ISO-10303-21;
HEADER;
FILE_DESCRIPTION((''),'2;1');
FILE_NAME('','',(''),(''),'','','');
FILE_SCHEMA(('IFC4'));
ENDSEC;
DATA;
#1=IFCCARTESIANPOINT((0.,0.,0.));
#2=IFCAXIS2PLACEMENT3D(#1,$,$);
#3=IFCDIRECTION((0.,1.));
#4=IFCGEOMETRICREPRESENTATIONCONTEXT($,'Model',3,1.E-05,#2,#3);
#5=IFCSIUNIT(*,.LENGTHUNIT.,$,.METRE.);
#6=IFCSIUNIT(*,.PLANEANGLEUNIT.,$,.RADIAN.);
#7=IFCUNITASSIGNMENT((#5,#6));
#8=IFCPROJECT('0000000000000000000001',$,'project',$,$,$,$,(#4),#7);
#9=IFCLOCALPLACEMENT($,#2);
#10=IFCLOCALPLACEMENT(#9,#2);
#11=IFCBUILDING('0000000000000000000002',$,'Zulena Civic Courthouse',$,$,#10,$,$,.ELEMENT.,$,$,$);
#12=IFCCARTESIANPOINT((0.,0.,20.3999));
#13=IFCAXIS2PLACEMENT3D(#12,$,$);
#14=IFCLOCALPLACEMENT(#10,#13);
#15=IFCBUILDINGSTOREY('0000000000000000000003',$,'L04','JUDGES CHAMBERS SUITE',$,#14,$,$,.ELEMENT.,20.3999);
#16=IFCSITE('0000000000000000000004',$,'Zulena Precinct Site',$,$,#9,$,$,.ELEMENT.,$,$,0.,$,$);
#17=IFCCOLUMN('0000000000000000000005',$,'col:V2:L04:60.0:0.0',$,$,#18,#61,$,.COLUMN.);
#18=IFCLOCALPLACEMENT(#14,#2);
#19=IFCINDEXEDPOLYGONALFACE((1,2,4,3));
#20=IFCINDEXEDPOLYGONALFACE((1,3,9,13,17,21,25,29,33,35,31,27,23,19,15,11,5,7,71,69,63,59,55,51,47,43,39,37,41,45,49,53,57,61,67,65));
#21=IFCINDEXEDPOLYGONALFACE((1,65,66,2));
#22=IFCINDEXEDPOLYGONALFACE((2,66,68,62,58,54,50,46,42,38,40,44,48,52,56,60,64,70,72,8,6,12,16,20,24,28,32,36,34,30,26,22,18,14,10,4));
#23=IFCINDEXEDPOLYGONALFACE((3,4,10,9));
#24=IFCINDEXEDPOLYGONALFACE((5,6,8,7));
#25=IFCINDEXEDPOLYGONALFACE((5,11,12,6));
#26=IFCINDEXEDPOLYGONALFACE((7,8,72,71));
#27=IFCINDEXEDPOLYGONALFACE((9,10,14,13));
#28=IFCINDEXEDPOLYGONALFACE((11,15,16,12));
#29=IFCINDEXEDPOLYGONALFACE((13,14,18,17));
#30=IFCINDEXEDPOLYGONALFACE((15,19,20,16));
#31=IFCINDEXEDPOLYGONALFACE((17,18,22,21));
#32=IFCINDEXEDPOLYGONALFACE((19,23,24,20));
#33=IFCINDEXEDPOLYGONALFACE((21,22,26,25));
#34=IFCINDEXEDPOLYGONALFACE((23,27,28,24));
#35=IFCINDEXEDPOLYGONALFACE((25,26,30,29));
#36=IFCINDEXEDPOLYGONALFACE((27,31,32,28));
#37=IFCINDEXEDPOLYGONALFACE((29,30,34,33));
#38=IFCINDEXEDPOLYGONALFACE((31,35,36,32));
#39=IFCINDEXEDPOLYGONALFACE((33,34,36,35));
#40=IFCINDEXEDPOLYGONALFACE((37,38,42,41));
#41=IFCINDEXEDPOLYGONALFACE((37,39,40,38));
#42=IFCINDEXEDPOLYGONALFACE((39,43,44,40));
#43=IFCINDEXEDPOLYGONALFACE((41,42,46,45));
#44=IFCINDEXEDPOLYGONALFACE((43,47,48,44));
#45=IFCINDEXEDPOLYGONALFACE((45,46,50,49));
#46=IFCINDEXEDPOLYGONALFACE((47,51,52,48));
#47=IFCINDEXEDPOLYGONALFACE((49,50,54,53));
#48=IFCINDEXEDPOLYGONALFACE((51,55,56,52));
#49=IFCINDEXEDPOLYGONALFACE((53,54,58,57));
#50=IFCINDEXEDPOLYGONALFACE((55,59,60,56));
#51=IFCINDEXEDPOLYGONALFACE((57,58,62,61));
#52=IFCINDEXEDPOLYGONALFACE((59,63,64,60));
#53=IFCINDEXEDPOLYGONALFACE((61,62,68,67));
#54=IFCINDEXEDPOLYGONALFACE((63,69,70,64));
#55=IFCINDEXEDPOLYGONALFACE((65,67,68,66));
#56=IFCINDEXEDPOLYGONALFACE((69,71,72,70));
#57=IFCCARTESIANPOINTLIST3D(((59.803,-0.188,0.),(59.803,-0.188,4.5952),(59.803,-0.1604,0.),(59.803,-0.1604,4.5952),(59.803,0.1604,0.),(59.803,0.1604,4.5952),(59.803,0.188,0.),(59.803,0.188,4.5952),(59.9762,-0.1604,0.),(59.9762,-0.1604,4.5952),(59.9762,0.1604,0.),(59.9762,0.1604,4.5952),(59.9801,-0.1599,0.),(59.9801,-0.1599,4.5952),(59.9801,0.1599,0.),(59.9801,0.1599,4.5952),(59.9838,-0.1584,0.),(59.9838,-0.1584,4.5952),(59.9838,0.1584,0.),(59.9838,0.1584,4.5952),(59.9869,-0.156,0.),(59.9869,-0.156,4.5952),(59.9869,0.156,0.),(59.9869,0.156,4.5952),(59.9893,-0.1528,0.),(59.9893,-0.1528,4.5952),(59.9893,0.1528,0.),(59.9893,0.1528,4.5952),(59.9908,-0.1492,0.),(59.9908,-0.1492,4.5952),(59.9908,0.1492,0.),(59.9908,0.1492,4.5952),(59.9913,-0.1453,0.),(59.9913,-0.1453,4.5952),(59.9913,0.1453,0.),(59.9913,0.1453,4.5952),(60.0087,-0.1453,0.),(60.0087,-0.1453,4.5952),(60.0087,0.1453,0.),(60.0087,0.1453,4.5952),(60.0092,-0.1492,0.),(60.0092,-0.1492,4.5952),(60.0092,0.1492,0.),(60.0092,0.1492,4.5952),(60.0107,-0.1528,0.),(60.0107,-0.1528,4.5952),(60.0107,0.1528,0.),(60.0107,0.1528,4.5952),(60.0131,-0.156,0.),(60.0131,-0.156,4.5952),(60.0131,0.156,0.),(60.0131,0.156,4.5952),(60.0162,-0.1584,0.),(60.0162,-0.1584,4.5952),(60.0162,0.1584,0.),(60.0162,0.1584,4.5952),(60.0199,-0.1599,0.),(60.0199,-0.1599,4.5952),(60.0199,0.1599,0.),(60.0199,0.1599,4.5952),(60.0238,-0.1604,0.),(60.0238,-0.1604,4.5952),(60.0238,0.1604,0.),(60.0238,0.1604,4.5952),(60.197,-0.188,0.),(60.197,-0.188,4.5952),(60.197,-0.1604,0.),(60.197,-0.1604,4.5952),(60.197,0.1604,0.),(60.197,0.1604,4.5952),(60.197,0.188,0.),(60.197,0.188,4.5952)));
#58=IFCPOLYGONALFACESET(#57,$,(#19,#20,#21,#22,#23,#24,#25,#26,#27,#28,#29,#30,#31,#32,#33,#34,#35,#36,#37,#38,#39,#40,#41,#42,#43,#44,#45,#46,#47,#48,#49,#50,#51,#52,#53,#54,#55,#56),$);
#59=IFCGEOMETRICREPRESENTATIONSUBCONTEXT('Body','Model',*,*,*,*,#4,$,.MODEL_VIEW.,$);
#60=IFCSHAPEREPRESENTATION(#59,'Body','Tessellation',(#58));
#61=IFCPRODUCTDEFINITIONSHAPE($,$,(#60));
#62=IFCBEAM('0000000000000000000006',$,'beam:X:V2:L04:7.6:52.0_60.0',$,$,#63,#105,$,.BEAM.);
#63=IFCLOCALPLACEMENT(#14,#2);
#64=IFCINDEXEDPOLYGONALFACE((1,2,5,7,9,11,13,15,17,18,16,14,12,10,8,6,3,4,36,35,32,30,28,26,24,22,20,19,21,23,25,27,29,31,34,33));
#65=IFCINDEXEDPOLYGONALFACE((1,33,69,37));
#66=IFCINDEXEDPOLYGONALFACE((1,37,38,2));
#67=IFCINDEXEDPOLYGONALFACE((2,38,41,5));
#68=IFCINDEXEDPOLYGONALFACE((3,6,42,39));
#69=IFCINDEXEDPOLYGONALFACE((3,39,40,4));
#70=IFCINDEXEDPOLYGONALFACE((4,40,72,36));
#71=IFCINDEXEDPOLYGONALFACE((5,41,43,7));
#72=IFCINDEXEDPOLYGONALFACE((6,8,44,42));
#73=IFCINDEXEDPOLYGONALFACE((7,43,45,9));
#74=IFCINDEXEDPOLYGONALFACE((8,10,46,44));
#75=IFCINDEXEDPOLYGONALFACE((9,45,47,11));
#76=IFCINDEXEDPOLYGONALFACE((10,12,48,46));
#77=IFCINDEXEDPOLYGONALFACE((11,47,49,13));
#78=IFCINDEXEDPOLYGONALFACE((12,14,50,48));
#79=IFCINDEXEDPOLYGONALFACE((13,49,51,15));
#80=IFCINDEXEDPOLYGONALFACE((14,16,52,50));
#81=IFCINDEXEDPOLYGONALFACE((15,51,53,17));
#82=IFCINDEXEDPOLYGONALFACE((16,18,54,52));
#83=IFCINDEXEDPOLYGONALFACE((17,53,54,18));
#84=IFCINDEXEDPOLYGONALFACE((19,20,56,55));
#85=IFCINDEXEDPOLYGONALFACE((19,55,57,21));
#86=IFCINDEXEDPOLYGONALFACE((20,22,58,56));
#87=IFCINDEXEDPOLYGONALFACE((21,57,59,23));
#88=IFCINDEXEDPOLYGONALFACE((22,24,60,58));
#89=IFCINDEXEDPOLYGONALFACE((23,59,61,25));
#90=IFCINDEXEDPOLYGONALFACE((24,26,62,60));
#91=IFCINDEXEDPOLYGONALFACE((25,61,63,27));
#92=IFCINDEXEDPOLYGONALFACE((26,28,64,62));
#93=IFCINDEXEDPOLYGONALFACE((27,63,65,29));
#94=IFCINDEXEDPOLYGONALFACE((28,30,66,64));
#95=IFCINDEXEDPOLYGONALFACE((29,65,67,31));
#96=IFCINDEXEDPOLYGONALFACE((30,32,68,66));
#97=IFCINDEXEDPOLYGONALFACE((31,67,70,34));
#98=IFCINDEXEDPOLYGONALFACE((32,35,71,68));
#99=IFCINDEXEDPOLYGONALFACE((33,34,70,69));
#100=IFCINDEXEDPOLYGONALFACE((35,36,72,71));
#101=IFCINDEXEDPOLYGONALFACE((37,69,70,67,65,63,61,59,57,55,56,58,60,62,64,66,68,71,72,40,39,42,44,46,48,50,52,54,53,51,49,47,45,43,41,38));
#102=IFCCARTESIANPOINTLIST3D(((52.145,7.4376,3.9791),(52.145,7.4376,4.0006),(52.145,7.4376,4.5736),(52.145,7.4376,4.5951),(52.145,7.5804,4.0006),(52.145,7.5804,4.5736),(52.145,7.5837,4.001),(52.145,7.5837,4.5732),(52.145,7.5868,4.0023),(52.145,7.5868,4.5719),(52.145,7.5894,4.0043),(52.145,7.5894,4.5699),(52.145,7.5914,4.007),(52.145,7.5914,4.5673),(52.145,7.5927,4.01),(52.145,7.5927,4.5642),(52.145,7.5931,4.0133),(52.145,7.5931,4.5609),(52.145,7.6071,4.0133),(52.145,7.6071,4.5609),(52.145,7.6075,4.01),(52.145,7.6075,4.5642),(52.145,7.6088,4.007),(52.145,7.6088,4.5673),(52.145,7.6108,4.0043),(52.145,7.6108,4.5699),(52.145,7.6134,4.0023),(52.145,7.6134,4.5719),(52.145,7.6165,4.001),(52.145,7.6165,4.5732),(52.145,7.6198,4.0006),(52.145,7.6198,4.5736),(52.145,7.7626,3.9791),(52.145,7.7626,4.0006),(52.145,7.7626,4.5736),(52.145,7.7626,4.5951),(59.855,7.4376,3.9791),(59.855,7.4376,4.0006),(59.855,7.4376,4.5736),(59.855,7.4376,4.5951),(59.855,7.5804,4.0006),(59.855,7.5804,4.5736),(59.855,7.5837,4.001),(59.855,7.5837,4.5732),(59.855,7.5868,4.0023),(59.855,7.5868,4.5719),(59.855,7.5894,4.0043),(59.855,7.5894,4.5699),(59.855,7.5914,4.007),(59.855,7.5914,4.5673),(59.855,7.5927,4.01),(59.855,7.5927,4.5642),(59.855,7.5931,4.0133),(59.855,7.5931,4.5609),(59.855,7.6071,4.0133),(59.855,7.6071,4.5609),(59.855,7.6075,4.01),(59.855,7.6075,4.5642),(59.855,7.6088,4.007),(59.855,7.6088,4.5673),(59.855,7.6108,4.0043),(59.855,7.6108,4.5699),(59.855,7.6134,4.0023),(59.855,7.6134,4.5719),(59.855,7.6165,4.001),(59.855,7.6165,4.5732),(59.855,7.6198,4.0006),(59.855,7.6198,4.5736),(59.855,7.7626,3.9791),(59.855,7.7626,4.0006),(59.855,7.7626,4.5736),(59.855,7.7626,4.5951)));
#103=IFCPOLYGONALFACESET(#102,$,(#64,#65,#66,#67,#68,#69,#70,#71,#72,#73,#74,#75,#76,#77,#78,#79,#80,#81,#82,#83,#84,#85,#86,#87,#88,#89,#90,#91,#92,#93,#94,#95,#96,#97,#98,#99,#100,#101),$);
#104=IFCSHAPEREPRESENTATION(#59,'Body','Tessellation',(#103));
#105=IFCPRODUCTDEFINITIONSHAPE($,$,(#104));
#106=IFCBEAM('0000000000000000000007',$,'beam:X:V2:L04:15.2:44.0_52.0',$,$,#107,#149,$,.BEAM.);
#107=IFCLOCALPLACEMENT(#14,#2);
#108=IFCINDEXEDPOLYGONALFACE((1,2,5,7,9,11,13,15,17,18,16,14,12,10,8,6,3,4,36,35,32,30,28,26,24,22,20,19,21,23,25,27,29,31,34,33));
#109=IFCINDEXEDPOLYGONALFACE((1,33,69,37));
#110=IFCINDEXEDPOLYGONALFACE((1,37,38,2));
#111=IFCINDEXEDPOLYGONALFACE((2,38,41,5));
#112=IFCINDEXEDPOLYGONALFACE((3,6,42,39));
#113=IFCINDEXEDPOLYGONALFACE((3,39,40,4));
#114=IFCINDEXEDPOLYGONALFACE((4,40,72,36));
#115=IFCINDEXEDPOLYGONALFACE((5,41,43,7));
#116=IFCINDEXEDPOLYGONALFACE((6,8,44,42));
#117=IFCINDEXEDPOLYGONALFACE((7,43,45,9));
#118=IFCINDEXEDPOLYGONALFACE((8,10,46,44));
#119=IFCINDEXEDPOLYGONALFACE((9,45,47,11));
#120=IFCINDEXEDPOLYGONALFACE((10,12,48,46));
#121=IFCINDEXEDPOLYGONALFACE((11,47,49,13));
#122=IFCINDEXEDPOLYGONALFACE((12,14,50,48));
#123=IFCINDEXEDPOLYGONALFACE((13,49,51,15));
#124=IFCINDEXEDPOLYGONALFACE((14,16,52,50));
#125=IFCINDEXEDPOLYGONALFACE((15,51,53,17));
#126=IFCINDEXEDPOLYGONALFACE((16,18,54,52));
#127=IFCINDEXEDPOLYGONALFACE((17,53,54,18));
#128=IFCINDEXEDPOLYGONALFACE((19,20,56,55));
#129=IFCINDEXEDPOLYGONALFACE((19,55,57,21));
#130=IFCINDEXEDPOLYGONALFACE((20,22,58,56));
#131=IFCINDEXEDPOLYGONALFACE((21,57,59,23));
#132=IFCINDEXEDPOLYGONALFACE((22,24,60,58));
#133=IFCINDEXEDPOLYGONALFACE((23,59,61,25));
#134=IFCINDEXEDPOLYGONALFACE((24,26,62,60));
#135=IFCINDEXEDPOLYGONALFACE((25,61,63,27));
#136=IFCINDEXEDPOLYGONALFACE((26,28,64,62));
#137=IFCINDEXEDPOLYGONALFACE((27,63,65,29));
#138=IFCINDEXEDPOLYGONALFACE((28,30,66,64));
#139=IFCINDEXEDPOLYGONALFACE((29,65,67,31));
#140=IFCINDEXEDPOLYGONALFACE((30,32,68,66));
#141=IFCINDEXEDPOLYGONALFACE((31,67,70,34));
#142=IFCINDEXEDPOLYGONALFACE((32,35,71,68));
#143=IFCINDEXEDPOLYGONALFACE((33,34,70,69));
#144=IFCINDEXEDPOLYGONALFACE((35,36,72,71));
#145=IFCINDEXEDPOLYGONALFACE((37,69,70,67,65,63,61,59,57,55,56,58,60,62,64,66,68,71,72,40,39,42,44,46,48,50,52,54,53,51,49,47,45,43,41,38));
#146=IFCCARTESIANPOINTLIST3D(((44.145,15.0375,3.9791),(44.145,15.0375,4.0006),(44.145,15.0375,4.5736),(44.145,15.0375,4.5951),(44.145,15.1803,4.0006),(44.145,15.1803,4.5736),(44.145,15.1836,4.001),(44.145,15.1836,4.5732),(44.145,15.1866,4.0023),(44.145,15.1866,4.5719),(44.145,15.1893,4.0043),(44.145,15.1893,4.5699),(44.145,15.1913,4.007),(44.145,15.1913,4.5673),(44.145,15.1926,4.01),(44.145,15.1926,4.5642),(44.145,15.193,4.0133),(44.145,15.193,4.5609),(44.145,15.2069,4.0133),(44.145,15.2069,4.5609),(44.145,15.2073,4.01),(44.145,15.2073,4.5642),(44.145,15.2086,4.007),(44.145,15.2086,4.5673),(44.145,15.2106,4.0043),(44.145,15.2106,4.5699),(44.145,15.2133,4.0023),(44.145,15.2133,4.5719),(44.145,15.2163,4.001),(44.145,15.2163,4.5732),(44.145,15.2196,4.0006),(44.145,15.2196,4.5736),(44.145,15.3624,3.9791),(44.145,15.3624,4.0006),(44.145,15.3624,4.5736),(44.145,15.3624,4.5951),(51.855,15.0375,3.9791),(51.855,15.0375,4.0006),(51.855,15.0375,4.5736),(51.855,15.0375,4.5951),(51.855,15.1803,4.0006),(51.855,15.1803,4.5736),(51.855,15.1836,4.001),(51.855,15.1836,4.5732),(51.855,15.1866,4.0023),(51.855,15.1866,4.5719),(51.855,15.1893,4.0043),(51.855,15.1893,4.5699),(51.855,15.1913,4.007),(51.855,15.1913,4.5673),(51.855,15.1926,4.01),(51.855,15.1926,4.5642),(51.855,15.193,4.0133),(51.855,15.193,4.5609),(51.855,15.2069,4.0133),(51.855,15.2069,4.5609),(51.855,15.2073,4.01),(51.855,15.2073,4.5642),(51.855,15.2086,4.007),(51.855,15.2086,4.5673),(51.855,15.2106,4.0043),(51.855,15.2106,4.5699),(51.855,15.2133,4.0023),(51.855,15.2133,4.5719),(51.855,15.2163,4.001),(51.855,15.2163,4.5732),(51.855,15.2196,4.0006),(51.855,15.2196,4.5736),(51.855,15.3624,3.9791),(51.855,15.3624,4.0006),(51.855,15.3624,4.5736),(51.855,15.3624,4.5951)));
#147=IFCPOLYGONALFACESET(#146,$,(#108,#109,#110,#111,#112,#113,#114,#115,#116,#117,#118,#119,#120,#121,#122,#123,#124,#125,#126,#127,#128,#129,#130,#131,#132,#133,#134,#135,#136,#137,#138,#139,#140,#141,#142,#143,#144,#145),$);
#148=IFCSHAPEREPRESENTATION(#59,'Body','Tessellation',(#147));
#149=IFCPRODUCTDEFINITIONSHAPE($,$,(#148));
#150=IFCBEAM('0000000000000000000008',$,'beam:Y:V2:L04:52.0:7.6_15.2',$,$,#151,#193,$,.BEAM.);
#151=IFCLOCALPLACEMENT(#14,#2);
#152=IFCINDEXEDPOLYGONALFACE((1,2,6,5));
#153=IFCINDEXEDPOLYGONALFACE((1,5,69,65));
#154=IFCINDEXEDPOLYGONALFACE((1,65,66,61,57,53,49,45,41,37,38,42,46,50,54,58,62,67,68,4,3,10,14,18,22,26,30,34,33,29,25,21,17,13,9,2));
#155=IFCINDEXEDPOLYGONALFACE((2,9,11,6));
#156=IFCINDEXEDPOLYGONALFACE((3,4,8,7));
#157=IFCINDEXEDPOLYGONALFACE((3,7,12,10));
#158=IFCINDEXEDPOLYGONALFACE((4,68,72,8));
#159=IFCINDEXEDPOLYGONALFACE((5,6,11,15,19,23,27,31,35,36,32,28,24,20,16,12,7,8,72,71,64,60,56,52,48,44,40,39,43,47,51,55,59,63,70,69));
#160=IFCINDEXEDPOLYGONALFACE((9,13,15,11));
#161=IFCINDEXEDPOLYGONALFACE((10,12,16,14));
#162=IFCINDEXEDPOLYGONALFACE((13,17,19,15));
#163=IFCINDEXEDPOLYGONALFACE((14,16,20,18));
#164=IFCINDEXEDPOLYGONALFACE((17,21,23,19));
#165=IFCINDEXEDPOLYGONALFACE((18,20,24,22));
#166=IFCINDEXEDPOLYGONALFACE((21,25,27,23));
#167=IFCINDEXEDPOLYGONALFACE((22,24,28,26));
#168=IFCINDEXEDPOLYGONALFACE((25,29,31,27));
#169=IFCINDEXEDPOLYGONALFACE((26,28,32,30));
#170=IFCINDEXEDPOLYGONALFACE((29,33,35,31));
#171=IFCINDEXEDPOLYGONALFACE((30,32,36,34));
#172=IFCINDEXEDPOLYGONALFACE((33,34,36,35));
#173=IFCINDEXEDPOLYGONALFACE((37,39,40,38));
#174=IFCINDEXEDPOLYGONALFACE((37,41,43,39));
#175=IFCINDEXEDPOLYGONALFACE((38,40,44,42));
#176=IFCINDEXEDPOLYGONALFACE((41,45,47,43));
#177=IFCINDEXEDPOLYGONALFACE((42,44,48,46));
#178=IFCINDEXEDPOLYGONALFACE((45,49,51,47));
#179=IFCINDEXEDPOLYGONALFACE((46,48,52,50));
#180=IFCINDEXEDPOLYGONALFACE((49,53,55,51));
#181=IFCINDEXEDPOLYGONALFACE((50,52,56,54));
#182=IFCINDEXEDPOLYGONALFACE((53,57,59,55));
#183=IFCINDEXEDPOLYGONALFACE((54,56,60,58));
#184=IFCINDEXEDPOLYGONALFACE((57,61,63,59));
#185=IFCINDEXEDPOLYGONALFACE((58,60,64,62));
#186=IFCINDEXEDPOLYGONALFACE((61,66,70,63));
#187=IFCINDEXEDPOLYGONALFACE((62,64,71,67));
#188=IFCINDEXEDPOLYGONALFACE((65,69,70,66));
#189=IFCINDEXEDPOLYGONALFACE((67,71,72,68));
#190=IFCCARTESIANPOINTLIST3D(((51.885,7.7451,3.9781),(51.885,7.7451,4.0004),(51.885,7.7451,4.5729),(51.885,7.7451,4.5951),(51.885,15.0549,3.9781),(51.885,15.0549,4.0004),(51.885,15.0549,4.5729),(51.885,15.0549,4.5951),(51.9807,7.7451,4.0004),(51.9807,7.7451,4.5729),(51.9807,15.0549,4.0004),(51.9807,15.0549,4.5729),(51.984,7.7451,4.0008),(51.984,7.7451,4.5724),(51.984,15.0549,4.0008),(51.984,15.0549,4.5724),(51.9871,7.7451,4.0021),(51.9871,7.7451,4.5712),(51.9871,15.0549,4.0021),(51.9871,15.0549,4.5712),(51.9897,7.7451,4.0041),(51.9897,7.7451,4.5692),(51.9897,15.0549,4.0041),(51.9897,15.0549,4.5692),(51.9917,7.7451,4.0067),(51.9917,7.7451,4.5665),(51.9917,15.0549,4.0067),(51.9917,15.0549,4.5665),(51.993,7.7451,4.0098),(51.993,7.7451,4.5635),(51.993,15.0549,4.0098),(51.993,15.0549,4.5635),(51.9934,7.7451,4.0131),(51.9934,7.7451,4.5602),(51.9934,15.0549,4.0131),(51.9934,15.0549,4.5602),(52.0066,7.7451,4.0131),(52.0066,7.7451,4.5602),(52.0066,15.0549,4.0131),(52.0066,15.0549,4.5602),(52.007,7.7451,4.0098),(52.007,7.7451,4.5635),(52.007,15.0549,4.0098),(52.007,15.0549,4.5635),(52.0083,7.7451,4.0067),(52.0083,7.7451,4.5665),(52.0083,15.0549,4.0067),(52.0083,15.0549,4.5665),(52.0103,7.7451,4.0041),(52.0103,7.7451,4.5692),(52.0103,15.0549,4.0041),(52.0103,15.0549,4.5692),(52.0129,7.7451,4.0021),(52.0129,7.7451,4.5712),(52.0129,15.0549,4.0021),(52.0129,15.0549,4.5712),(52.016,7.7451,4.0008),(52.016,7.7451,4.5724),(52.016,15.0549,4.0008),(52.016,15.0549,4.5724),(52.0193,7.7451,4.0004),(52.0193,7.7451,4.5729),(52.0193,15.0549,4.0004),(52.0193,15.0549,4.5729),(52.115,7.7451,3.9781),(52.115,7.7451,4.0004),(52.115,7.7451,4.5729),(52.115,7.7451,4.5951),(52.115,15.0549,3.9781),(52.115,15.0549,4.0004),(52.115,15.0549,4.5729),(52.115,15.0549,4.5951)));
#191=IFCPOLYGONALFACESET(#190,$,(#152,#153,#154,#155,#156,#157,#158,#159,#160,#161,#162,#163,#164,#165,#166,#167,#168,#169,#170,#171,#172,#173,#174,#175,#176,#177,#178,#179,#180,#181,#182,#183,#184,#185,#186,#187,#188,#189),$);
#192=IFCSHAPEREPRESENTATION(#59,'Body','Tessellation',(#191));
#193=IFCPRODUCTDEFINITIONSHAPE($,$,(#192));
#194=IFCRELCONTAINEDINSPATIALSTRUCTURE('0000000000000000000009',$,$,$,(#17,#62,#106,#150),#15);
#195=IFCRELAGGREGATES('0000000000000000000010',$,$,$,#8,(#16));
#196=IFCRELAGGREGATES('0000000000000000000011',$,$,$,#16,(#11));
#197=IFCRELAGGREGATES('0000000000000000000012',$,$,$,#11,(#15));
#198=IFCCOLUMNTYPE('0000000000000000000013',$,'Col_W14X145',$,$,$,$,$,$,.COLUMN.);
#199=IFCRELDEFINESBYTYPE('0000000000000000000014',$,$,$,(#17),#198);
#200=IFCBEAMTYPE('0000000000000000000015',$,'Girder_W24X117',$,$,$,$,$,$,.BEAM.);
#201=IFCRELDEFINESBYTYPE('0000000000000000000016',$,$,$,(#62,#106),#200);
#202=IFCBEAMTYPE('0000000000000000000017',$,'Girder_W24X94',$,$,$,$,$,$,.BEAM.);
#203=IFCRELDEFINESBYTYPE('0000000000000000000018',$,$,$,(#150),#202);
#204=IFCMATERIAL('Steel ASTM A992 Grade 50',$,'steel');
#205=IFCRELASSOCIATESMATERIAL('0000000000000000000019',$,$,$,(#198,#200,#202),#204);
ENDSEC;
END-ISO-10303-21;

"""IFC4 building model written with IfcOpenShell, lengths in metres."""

from ifc_helpers import new_model, si_unit, direction, frame, origin, origin_2d, place, context, subcontext, project, spatial, i_section, extrude, material, material_profile, profile_set, type_object, element, save


model = new_model("IFC4")

# Units and contexts
model_context = context("Model", 3, precision=1e-05, world=origin(), true_north=direction((0.0, 1.0)))
body_context = subcontext(model_context, "Body", "Model", "MODEL_VIEW")
ifc_project = project(units=[si_unit("LENGTHUNIT", "METRE"), si_unit("PLANEANGLEUNIT", "RADIAN")], contexts=[model_context])

# Site, building, storey
site_placement = place(None, origin())
site = spatial("IfcSite", under=ifc_project, at=site_placement, Name="Zulena Precinct Site", CompositionType="ELEMENT", RefElevation=0.0)
building_placement = place(site_placement, origin())
building = spatial("IfcBuilding", under=site, at=building_placement, Name="Zulena Civic Courthouse", CompositionType="ELEMENT")
storey_placement = place(building_placement, frame((0.0, 0.0, 20.3999)))
storey = spatial("IfcBuildingStorey", under=building, at=storey_placement, Name="L04", Description="JUDGES CHAMBERS SUITE", CompositionType="ELEMENT", Elevation=20.3999)

# Column
ifc_material_1 = material(Name="Steel ASTM A992 Grade 50", Category="steel")
ifc_material_profile_1 = material_profile(ifc_material_1, i_section(OverallWidth=0.394, OverallDepth=0.376, WebThickness=0.0173, FlangeThickness=0.0276, FilletRadius=0.0151, at=origin_2d()), Name="W14X145")
ifc_profile_set_1 = profile_set([ifc_material_profile_1], Name="Steel ASTM A992 Grade 50")
column_type_1 = type_object("IfcColumnType", Name="Col_W14X145", PredefinedType="COLUMN", material=ifc_profile_set_1)
for number, where, z_axis, x_axis, name in (
    (1, (60.0, 0.0, 0.0), (0.0, 0.0, 1.0), (1.0, 0.0, 0.0), "col:V2:L04:60.0:0.0"),
):
    element("IfcColumn", number, at=place(storey_placement, frame(where, z_axis=z_axis, x_axis=x_axis)), inside=storey, type_object=column_type_1, Name=name, PredefinedType="COLUMN", context=body_context, shape_type="SweptSolid", body=[
        extrude(i_section(OverallWidth=0.394, OverallDepth=0.376, WebThickness=0.0173, FlangeThickness=0.0276, FilletRadius=0.0151, at=origin_2d()), origin(), (0.0, 0.0, 1.0), 4.5952),
    ])

# Beams
ifc_material_profile_2 = material_profile(ifc_material_1, i_section(OverallWidth=0.325, OverallDepth=0.616, WebThickness=0.0139, FlangeThickness=0.0215, FilletRadius=0.0127, at=origin_2d()), Name="W24X117")
ifc_profile_set_2 = profile_set([ifc_material_profile_2], Name="Steel ASTM A992 Grade 50")
beam_type_1 = type_object("IfcBeamType", Name="Girder_W24X117", PredefinedType="BEAM", material=ifc_profile_set_2)
for number, where, z_axis, x_axis, name in (
    (2, (52.145, 7.6001, 4.2871), (1.0, 0.0, 0.0), (0.0, 1.0, 0.0), "beam:X:V2:L04:7.6:52.0_60.0"),
    (3, (44.145, 15.2, 4.2871), (1.0, 0.0, 0.0), (0.0, 1.0, 0.0), "beam:X:V2:L04:15.2:44.0_52.0"),
):
    element("IfcBeam", number, at=place(storey_placement, frame(where, z_axis=z_axis, x_axis=x_axis)), inside=storey, type_object=beam_type_1, Name=name, PredefinedType="BEAM", context=body_context, shape_type="SweptSolid", body=[
        extrude(i_section(OverallWidth=0.325, OverallDepth=0.616, WebThickness=0.0139, FlangeThickness=0.0215, FilletRadius=0.0127, at=origin_2d()), origin(), (0.0, 0.0, 1.0), 7.71),
    ])
ifc_material_profile_3 = material_profile(ifc_material_1, i_section(OverallWidth=0.23, OverallDepth=0.6169, WebThickness=0.0132, FlangeThickness=0.0222, FilletRadius=0.0127, at=origin_2d()), Name="W24X94")
ifc_profile_set_3 = profile_set([ifc_material_profile_3], Name="Steel ASTM A992 Grade 50")
beam_type_2 = type_object("IfcBeamType", Name="Girder_W24X94", PredefinedType="BEAM", material=ifc_profile_set_3)
for number, where, z_axis, x_axis, name in (
    (4, (52.0, 7.7451, 4.2866), (0.0, 1.0, 0.0), (-1.0, 0.0, 0.0), "beam:Y:V2:L04:52.0:7.6_15.2"),
):
    element("IfcBeam", number, at=place(storey_placement, frame(where, z_axis=z_axis, x_axis=x_axis)), inside=storey, type_object=beam_type_2, Name=name, PredefinedType="BEAM", context=body_context, shape_type="SweptSolid", body=[
        extrude(i_section(OverallWidth=0.23, OverallDepth=0.6169, WebThickness=0.0132, FlangeThickness=0.0222, FilletRadius=0.0127, at=origin_2d()), origin(), (0.0, 0.0, 1.0), 7.3098),
    ])

save(model, "model.ifc")
